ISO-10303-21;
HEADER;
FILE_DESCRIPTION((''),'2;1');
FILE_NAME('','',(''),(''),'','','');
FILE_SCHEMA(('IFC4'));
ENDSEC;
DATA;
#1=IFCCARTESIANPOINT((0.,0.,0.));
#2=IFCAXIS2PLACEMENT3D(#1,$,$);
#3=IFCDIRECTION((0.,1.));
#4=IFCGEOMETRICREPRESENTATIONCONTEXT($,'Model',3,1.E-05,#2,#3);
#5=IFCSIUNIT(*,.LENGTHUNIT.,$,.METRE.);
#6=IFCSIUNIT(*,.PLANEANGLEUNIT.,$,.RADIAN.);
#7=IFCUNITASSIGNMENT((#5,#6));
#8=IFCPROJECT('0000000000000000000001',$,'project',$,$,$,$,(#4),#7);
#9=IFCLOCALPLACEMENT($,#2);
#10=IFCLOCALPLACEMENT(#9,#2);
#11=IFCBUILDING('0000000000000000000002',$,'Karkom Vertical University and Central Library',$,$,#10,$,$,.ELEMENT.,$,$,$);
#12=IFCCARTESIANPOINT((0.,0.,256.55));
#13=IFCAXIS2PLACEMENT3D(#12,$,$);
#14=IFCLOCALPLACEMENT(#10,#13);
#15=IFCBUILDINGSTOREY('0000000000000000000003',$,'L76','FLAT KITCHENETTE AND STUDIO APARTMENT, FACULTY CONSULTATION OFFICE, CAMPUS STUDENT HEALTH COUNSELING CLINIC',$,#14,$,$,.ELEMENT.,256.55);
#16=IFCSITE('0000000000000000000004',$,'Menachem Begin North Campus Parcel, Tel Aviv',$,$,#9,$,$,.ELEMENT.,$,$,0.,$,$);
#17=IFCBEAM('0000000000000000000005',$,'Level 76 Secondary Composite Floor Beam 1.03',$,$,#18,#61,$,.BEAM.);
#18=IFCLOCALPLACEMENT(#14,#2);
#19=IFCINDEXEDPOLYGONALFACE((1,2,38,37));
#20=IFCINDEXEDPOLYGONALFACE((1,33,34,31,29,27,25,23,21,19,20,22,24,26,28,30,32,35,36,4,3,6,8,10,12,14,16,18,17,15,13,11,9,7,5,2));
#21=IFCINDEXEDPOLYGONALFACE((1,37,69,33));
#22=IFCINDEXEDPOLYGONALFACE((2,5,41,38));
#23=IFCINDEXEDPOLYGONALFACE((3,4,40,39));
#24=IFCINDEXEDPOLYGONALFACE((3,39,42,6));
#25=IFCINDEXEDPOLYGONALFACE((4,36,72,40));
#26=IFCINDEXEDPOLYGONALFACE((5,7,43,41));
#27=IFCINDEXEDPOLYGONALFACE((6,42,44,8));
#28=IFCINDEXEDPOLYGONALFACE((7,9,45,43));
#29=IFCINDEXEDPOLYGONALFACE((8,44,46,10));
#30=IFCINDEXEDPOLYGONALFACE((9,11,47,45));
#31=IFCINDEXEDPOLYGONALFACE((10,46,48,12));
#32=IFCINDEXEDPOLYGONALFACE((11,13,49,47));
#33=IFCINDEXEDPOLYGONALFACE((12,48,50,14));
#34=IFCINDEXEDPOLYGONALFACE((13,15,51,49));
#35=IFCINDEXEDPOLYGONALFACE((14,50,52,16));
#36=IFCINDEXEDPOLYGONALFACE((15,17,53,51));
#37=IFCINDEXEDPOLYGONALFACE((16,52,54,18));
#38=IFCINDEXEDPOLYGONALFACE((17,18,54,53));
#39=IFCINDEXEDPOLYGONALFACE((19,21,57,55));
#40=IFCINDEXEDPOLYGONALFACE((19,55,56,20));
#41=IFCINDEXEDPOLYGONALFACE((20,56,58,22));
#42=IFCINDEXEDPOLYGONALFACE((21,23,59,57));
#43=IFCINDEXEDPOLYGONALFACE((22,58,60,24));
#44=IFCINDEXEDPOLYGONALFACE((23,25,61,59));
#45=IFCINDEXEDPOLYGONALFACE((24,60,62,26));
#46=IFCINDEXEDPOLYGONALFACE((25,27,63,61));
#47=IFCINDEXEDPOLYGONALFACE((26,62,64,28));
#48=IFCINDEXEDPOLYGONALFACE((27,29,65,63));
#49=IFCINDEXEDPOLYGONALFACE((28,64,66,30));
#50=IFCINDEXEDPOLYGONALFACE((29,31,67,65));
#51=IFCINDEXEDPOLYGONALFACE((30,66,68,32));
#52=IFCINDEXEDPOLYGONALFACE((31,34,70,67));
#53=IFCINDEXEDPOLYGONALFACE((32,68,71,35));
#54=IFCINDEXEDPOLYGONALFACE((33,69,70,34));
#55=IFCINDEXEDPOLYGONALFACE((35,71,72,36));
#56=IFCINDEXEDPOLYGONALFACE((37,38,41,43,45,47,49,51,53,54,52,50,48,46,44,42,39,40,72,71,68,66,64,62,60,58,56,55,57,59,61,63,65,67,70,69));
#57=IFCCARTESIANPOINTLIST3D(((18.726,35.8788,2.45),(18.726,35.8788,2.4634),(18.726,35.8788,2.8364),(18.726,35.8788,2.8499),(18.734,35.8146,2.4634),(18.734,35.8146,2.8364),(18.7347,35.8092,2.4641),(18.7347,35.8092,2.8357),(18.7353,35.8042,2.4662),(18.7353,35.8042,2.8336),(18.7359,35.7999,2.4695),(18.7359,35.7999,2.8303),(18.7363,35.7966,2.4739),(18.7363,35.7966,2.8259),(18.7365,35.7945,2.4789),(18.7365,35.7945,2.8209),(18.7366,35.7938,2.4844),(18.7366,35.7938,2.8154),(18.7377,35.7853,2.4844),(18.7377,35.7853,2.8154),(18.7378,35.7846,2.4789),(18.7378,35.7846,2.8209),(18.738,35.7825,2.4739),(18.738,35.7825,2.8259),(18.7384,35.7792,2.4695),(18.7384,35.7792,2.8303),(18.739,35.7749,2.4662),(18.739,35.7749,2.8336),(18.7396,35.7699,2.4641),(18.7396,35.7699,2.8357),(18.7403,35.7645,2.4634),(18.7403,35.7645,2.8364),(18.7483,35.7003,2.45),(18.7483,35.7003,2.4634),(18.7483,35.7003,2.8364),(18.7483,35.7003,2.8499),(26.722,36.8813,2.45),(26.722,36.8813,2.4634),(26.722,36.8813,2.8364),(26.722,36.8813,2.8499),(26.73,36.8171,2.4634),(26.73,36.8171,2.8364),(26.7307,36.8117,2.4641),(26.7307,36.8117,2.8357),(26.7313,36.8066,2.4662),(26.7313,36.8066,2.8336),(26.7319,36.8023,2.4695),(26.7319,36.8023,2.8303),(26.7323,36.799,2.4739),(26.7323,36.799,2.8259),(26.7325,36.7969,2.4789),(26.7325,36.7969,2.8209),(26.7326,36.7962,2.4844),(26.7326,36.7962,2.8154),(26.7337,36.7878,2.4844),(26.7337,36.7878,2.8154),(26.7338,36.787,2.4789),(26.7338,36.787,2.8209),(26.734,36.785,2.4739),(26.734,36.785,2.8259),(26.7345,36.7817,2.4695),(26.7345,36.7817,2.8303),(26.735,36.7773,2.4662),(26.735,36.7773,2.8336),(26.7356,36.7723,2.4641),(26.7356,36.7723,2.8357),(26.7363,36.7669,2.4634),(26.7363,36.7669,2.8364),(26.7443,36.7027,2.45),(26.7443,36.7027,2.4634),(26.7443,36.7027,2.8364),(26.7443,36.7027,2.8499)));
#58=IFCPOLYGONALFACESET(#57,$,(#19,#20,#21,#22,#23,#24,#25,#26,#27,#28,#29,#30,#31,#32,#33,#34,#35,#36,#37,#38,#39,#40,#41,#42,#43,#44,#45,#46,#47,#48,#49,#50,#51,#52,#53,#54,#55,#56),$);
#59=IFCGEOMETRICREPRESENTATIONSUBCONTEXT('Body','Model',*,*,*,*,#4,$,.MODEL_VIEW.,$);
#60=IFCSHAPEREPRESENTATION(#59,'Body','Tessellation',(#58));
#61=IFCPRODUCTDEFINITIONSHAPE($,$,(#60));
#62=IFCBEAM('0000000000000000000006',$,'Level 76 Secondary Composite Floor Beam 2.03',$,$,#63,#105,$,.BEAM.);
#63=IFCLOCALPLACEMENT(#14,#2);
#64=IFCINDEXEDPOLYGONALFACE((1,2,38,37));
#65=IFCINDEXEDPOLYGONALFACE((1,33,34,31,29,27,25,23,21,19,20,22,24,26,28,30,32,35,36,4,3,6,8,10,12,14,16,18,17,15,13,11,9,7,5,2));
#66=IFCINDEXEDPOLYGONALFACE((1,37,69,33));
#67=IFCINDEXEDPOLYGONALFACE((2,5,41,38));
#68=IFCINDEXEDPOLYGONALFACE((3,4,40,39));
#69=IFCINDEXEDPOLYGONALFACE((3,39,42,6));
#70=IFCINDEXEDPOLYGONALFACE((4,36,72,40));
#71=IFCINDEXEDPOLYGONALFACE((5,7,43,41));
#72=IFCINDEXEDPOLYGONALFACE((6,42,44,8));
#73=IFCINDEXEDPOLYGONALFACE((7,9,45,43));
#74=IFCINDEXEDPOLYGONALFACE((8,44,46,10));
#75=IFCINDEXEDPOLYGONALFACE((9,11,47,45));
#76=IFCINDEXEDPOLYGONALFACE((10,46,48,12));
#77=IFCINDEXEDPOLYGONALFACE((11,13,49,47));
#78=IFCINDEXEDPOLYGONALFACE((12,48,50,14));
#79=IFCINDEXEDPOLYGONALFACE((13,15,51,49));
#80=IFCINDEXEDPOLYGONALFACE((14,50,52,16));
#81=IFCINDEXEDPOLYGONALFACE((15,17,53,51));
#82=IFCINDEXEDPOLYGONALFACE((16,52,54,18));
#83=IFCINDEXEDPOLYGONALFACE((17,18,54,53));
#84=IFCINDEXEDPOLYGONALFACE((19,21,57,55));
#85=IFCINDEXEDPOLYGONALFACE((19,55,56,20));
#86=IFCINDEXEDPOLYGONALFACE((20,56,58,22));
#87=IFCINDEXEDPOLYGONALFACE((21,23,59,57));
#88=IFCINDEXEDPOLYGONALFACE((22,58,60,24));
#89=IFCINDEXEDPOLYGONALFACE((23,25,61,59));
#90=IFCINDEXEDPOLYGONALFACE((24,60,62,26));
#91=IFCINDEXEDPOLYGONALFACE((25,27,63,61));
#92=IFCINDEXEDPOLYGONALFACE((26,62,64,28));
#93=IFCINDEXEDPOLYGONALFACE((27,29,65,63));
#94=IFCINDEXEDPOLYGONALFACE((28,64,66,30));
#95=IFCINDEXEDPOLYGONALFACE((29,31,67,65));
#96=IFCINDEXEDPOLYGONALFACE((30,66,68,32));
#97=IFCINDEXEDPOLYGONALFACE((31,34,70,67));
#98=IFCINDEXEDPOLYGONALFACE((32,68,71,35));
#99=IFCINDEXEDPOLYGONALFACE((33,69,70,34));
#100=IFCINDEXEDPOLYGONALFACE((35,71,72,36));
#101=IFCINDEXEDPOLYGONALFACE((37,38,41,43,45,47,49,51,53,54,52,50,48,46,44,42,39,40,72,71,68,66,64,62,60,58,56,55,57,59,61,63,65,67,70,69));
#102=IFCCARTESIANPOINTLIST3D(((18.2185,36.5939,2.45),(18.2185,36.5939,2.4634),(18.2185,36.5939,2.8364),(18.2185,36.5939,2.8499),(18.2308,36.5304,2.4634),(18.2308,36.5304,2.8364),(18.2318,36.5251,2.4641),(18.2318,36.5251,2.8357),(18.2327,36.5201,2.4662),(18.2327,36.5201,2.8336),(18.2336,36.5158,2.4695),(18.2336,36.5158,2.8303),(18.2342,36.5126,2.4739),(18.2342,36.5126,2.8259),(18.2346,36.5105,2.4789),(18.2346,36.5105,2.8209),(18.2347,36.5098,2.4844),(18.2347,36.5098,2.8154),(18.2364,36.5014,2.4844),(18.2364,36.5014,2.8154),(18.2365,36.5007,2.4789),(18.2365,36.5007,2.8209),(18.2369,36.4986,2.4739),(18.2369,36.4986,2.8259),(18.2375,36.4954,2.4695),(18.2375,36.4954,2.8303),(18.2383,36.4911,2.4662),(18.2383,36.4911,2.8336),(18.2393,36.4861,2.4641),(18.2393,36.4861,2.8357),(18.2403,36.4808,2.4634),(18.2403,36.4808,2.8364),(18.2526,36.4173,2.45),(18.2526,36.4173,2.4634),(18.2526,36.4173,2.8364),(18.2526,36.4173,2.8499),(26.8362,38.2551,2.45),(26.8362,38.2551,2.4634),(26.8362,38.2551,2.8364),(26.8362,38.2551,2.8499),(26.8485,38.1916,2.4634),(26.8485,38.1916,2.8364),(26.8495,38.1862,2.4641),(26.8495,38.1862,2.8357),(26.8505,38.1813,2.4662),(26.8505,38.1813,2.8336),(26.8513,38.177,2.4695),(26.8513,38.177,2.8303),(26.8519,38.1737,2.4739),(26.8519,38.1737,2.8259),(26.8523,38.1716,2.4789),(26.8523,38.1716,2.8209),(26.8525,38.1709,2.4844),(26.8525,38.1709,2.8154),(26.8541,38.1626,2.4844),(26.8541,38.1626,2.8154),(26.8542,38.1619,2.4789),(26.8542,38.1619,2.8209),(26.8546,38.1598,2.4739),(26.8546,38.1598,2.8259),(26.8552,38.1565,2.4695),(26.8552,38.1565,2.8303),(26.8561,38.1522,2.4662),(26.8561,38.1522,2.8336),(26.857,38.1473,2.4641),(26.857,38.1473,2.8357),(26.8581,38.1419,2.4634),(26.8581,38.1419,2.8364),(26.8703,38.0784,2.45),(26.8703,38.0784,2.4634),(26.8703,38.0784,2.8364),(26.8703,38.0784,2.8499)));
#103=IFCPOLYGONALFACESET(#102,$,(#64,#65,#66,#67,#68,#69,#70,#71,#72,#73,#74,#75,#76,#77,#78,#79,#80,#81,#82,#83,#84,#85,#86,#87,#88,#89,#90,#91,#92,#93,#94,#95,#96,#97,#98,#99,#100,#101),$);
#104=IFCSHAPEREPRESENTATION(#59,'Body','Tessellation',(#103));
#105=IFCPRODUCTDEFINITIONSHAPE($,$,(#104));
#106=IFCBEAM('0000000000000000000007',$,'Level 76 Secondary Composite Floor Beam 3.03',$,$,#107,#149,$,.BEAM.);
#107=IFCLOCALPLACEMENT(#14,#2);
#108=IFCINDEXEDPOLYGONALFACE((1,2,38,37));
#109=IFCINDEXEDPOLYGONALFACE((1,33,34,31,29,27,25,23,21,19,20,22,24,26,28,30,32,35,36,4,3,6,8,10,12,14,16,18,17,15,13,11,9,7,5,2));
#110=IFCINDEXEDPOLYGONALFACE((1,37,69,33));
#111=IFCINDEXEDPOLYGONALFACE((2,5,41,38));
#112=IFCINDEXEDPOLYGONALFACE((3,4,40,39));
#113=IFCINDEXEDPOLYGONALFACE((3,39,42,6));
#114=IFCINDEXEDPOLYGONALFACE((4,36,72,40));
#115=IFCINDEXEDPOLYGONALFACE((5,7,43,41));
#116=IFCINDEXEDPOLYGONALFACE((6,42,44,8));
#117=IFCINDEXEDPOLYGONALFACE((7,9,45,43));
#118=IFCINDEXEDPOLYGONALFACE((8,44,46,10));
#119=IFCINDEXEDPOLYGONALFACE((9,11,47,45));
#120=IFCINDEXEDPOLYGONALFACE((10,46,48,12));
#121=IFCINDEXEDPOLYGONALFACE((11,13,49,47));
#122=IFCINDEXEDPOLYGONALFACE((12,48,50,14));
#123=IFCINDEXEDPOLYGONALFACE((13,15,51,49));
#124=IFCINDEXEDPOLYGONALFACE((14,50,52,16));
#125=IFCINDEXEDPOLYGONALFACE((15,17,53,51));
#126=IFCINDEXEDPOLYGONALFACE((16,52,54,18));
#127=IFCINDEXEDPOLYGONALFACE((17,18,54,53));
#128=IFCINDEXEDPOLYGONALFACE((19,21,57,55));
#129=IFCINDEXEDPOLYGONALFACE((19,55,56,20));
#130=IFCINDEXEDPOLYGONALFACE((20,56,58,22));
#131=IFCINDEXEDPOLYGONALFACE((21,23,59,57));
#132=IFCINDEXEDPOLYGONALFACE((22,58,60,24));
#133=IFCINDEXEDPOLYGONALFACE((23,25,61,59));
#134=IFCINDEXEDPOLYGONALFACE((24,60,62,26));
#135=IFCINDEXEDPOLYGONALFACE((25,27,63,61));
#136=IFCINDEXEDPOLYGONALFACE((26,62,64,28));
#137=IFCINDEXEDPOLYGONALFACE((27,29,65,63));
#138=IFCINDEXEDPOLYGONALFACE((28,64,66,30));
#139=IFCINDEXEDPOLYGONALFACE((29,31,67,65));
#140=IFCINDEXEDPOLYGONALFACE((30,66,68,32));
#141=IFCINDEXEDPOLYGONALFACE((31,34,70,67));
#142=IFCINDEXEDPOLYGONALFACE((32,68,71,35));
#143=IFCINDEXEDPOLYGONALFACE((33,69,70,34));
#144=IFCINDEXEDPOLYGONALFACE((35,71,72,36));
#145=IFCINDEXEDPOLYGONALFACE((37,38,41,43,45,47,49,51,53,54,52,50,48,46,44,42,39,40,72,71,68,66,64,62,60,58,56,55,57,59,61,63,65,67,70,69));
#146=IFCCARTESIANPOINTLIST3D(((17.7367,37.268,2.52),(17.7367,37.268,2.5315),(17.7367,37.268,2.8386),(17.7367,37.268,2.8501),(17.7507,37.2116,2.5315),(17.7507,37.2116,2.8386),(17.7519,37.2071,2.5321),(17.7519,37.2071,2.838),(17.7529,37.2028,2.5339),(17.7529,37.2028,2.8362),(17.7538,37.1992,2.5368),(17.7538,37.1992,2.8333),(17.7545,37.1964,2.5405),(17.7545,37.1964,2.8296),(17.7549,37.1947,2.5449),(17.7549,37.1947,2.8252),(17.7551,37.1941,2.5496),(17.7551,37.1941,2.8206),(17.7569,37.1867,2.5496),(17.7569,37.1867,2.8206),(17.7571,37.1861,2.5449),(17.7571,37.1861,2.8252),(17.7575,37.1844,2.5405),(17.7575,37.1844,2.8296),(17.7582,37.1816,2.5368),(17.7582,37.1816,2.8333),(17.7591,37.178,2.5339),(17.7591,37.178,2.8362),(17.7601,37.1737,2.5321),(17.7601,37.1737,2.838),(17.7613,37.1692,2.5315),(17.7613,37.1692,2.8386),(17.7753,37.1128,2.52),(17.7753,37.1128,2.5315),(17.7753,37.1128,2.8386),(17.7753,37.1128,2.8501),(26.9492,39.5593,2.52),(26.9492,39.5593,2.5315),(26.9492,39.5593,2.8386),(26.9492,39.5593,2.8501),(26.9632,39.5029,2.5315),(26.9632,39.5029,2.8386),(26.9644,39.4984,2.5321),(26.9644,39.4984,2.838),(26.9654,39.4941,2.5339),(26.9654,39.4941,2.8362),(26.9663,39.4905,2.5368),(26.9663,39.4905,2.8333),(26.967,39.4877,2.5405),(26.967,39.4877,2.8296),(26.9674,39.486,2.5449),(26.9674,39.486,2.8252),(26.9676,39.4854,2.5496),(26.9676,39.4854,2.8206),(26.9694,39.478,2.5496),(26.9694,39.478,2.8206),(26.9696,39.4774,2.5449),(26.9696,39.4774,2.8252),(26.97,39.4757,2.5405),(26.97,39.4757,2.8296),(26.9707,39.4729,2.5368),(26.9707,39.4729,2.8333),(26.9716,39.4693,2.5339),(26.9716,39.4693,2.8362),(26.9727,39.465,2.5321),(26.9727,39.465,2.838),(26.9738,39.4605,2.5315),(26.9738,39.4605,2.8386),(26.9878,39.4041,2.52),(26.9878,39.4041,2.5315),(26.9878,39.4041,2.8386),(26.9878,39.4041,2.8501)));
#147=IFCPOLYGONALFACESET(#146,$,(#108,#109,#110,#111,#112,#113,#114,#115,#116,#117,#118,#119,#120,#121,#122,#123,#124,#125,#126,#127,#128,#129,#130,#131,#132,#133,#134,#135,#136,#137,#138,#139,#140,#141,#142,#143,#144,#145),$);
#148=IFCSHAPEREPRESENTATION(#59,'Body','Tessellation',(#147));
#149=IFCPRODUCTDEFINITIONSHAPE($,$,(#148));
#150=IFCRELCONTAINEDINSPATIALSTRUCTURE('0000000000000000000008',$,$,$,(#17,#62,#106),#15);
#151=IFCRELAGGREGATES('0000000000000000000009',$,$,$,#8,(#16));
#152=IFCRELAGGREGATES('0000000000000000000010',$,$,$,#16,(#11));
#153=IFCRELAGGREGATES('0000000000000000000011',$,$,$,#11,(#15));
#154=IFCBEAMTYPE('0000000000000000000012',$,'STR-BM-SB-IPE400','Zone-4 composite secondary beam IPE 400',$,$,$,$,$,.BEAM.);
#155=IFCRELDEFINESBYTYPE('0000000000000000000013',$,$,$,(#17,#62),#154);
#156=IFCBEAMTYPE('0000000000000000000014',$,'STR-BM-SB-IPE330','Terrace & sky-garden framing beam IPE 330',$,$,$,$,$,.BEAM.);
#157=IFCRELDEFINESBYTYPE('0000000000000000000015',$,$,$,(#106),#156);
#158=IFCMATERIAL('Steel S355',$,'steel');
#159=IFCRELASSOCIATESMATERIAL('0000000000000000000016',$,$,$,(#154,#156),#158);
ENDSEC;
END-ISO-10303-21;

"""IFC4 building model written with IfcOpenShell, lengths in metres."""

from ifc_helpers import new_model, si_unit, direction, frame, origin, origin_with_axes, origin_2d, place, context, subcontext, project, spatial, i_section, extrude, source, transform, mapped, material, material_profile, profile_set, type_object, element, save


model = new_model("IFC4")

# Units and contexts
model_context = context("Model", 3, precision=1e-05, world=origin(), true_north=direction((0.0, 1.0)))
body_context = subcontext(model_context, "Body", "Model", "MODEL_VIEW")
ifc_project = project(units=[si_unit("LENGTHUNIT", "METRE"), si_unit("PLANEANGLEUNIT", "RADIAN")], contexts=[model_context])

# Site, building, storey
site_placement = place(None, origin())
site = spatial("IfcSite", under=ifc_project, at=site_placement, Name="Menachem Begin North Campus Parcel, Tel Aviv", CompositionType="ELEMENT", RefElevation=0.0)
building_placement = place(site_placement, origin())
building = spatial("IfcBuilding", under=site, at=building_placement, Name="Karkom Vertical University and Central Library", CompositionType="ELEMENT")
storey_placement = place(building_placement, frame((0.0, 0.0, 256.55)))
storey = spatial("IfcBuildingStorey", under=building, at=storey_placement, Name="L76", Description="FLAT KITCHENETTE AND STUDIO APARTMENT, FACULTY CONSULTATION OFFICE, CAMPUS STUDENT HEALTH COUNSELING CLINIC", CompositionType="ELEMENT", Elevation=256.55)

# Beams
ifc_material_1 = material(Name="Steel S355", Category="steel")
ifc_material_profile_1 = material_profile(ifc_material_1, i_section(OverallWidth=0.1799, OverallDepth=0.3999, WebThickness=0.0085, FlangeThickness=0.0134, FilletRadius=0.021, at=origin_2d()), Name="IPE 400")
ifc_profile_set_1 = profile_set([ifc_material_profile_1], Name="Steel S355")
beam_type_1 = type_object("IfcBeamType", Name="STR-BM-SB-IPE400", Description="Zone-4 composite secondary beam IPE 400", PredefinedType="BEAM", material=ifc_profile_set_1)
shared_shape_1 = source(origin_with_axes(), body_context, "Body", "SweptSolid", [
    extrude(i_section(OverallWidth=0.1799, OverallDepth=0.3999, WebThickness=0.0085, FlangeThickness=0.0134, FilletRadius=0.021, at=origin_2d()), origin(), (0.0, 0.0, 1.0), 8.0586),
])
beam_1_placement = place(storey_placement, frame((26.7332, 36.792, 2.6499), z_axis=(-0.992233, -0.124393, 0.0), x_axis=(0.124393, -0.992233, 0.0)))
element("IfcBeam", 1, at=beam_1_placement, inside=storey, type_object=beam_type_1, Name="Level 76 Secondary Composite Floor Beam 1.03", PredefinedType="BEAM", context=body_context, shape_type="MappedRepresentation", body=[
    mapped(shared_shape_1, transform((0.0, 0.0, 0.0), scale=1.0)),
])
shared_shape_2 = source(origin_with_axes(), body_context, "Body", "SweptSolid", [
    extrude(i_section(OverallWidth=0.1799, OverallDepth=0.3999, WebThickness=0.0085, FlangeThickness=0.0134, FilletRadius=0.021, at=origin_2d()), origin(), (0.0, 0.0, 1.0), 8.7764),
])
beam_2_placement = place(storey_placement, frame((26.8533, 38.1667, 2.6499), z_axis=(-0.981924, -0.189275, 0.0), x_axis=(0.189275, -0.981924, 0.0)))
element("IfcBeam", 2, at=beam_2_placement, inside=storey, type_object=beam_type_1, Name="Level 76 Secondary Composite Floor Beam 2.03", PredefinedType="BEAM", context=body_context, shape_type="MappedRepresentation", body=[
    mapped(shared_shape_2, transform((0.0, 0.0, 0.0), scale=1.0)),
])
ifc_material_profile_2 = material_profile(ifc_material_1, i_section(OverallWidth=0.1599, OverallDepth=0.3301, WebThickness=0.0076, FlangeThickness=0.0115, FilletRadius=0.0181, at=origin_2d()), Name="IPE 330")
ifc_profile_set_2 = profile_set([ifc_material_profile_2], Name="Steel S355")
beam_type_2 = type_object("IfcBeamType", Name="STR-BM-SB-IPE330", Description="Terrace & sky-garden framing beam IPE 330", PredefinedType="BEAM", material=ifc_profile_set_2)
shared_shape_3 = source(origin_with_axes(), body_context, "Body", "SweptSolid", [
    extrude(i_section(OverallWidth=0.1599, OverallDepth=0.3301, WebThickness=0.0076, FlangeThickness=0.0115, FilletRadius=0.0181, at=origin_2d()), origin(), (0.0, 0.0, 1.0), 9.4932),
])
beam_3_placement = place(storey_placement, frame((26.9685, 39.4817, 2.6851), z_axis=(-0.970435, -0.241362, 0.0), x_axis=(0.241362, -0.970435, 0.0)))
element("IfcBeam", 3, at=beam_3_placement, inside=storey, type_object=beam_type_2, Name="Level 76 Secondary Composite Floor Beam 3.03", PredefinedType="BEAM", context=body_context, shape_type="MappedRepresentation", body=[
    mapped(shared_shape_3, transform((0.0, 0.0, 0.0), scale=1.0)),
])

save(model, "model.ifc")
